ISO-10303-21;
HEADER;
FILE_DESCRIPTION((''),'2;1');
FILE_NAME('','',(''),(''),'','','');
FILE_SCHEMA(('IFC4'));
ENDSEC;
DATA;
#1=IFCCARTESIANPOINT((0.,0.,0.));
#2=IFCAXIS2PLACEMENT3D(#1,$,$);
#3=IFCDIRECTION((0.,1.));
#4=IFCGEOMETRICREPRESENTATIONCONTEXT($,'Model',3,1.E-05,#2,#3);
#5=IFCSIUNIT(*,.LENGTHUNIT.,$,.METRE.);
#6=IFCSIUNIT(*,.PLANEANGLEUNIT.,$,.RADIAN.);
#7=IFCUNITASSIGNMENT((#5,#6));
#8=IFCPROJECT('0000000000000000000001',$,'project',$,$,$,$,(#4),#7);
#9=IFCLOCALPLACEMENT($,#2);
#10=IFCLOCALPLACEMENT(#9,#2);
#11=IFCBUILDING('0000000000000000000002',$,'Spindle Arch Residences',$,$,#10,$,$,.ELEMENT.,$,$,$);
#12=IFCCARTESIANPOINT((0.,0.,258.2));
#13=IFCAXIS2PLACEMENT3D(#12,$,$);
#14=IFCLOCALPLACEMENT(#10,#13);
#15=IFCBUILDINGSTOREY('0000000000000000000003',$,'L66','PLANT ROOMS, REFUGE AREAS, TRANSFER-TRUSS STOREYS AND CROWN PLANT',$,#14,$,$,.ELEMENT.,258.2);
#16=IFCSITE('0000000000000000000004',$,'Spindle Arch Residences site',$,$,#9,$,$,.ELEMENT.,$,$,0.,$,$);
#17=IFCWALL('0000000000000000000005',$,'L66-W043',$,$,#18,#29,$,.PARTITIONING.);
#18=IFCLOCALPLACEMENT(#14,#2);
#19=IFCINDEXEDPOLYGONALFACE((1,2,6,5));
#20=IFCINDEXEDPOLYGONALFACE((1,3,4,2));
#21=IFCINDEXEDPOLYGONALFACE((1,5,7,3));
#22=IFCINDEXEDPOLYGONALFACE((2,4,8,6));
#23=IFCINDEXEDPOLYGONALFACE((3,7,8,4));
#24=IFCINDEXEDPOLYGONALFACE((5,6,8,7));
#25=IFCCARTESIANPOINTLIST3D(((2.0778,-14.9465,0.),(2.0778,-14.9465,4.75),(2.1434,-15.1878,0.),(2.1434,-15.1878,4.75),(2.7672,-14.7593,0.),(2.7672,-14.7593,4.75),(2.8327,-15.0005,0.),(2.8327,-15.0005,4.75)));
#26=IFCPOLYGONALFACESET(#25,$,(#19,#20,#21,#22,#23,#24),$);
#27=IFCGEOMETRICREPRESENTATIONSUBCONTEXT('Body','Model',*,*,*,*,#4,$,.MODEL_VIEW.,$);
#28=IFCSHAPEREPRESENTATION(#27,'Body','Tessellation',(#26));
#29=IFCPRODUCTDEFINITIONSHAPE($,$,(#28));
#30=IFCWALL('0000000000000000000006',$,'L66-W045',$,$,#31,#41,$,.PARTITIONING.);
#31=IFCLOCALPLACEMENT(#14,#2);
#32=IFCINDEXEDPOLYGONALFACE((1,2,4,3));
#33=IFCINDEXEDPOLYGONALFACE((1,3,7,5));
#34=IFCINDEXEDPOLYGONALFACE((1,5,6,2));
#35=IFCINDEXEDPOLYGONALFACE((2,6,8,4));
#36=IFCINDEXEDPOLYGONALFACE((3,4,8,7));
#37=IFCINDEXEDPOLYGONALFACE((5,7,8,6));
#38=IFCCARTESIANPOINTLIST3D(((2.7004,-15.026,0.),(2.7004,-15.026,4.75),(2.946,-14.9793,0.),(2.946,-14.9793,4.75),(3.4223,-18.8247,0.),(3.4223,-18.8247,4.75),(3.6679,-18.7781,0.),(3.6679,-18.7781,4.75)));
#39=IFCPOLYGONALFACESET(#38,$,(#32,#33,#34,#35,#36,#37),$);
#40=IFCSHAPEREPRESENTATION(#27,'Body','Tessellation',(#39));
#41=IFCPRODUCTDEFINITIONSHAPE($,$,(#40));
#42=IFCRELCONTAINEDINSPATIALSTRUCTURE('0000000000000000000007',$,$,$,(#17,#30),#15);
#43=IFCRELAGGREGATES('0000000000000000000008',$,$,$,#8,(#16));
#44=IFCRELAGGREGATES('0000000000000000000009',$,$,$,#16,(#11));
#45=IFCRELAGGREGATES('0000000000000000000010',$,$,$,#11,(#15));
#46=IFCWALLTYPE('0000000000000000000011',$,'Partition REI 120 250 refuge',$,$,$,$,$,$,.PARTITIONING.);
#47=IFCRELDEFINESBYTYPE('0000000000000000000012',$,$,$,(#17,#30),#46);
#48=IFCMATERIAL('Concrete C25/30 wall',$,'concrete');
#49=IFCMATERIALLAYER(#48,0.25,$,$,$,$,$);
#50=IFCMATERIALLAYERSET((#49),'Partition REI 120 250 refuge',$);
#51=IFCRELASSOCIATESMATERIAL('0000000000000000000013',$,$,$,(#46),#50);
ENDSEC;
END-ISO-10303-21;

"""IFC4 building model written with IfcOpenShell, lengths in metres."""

from ifc_helpers import new_model, si_unit, direction, frame, frame_2d, origin, place, context, subcontext, project, spatial, rectangle, extrude, material, layer, layer_set, type_object, element, save


model = new_model("IFC4")

# Units and contexts
model_context = context("Model", 3, precision=1e-05, world=origin(), true_north=direction((0.0, 1.0)))
body_context = subcontext(model_context, "Body", "Model", "MODEL_VIEW")
ifc_project = project(units=[si_unit("LENGTHUNIT", "METRE"), si_unit("PLANEANGLEUNIT", "RADIAN")], contexts=[model_context])

# Site, building, storey
site_placement = place(None, origin())
site = spatial("IfcSite", under=ifc_project, at=site_placement, Name="Spindle Arch Residences site", CompositionType="ELEMENT", RefElevation=0.0)
building_placement = place(site_placement, origin())
building = spatial("IfcBuilding", under=site, at=building_placement, Name="Spindle Arch Residences", CompositionType="ELEMENT")
storey_placement = place(building_placement, frame((0.0, 0.0, 258.2)))
storey = spatial("IfcBuildingStorey", under=building, at=storey_placement, Name="L66", Description="PLANT ROOMS, REFUGE AREAS, TRANSFER-TRUSS STOREYS AND CROWN PLANT", CompositionType="ELEMENT", Elevation=258.2)

# Shared definitions
ifc_material_1 = material(Name="Concrete C25/30 wall", Category="concrete")
ifc_layer_1 = layer(ifc_material_1, 0.25)
ifc_layer_set_1 = layer_set([ifc_layer_1], Name="Partition REI 120 250 refuge")
wall_type_1 = type_object("IfcWallType", Name="Partition REI 120 250 refuge", PredefinedType="PARTITIONING", material=ifc_layer_set_1)

# Walls
wall_1_placement = place(storey_placement, frame((2.1106, -15.0671, 0.0), z_axis=(0.0, 0.0, 1.0), x_axis=(0.965039, 0.262105, 0.0)))
element("IfcWall", 1, at=wall_1_placement, inside=storey, type_object=wall_type_1, Name="L66-W043", PredefinedType="PARTITIONING", context=body_context, shape_type="SweptSolid", body=[
    extrude(rectangle(XDim=0.7144, YDim=0.25, at=frame_2d((0.3572, 0.0))), origin(), (0.0, 0.0, 1.0), 4.75),
])
wall_2_placement = place(storey_placement, frame((2.8232, -15.0027, 0.0), z_axis=(0.0, 0.0, 1.0), x_axis=(0.186697, -0.982418, 0.0)))
element("IfcWall", 2, at=wall_2_placement, inside=storey, type_object=wall_type_1, Name="L66-W045", PredefinedType="PARTITIONING", context=body_context, shape_type="SweptSolid", body=[
    extrude(rectangle(XDim=3.8667, YDim=0.25, at=frame_2d((1.9333, 0.0))), origin(), (0.0, 0.0, 1.0), 4.75),
])

save(model, "model.ifc")
